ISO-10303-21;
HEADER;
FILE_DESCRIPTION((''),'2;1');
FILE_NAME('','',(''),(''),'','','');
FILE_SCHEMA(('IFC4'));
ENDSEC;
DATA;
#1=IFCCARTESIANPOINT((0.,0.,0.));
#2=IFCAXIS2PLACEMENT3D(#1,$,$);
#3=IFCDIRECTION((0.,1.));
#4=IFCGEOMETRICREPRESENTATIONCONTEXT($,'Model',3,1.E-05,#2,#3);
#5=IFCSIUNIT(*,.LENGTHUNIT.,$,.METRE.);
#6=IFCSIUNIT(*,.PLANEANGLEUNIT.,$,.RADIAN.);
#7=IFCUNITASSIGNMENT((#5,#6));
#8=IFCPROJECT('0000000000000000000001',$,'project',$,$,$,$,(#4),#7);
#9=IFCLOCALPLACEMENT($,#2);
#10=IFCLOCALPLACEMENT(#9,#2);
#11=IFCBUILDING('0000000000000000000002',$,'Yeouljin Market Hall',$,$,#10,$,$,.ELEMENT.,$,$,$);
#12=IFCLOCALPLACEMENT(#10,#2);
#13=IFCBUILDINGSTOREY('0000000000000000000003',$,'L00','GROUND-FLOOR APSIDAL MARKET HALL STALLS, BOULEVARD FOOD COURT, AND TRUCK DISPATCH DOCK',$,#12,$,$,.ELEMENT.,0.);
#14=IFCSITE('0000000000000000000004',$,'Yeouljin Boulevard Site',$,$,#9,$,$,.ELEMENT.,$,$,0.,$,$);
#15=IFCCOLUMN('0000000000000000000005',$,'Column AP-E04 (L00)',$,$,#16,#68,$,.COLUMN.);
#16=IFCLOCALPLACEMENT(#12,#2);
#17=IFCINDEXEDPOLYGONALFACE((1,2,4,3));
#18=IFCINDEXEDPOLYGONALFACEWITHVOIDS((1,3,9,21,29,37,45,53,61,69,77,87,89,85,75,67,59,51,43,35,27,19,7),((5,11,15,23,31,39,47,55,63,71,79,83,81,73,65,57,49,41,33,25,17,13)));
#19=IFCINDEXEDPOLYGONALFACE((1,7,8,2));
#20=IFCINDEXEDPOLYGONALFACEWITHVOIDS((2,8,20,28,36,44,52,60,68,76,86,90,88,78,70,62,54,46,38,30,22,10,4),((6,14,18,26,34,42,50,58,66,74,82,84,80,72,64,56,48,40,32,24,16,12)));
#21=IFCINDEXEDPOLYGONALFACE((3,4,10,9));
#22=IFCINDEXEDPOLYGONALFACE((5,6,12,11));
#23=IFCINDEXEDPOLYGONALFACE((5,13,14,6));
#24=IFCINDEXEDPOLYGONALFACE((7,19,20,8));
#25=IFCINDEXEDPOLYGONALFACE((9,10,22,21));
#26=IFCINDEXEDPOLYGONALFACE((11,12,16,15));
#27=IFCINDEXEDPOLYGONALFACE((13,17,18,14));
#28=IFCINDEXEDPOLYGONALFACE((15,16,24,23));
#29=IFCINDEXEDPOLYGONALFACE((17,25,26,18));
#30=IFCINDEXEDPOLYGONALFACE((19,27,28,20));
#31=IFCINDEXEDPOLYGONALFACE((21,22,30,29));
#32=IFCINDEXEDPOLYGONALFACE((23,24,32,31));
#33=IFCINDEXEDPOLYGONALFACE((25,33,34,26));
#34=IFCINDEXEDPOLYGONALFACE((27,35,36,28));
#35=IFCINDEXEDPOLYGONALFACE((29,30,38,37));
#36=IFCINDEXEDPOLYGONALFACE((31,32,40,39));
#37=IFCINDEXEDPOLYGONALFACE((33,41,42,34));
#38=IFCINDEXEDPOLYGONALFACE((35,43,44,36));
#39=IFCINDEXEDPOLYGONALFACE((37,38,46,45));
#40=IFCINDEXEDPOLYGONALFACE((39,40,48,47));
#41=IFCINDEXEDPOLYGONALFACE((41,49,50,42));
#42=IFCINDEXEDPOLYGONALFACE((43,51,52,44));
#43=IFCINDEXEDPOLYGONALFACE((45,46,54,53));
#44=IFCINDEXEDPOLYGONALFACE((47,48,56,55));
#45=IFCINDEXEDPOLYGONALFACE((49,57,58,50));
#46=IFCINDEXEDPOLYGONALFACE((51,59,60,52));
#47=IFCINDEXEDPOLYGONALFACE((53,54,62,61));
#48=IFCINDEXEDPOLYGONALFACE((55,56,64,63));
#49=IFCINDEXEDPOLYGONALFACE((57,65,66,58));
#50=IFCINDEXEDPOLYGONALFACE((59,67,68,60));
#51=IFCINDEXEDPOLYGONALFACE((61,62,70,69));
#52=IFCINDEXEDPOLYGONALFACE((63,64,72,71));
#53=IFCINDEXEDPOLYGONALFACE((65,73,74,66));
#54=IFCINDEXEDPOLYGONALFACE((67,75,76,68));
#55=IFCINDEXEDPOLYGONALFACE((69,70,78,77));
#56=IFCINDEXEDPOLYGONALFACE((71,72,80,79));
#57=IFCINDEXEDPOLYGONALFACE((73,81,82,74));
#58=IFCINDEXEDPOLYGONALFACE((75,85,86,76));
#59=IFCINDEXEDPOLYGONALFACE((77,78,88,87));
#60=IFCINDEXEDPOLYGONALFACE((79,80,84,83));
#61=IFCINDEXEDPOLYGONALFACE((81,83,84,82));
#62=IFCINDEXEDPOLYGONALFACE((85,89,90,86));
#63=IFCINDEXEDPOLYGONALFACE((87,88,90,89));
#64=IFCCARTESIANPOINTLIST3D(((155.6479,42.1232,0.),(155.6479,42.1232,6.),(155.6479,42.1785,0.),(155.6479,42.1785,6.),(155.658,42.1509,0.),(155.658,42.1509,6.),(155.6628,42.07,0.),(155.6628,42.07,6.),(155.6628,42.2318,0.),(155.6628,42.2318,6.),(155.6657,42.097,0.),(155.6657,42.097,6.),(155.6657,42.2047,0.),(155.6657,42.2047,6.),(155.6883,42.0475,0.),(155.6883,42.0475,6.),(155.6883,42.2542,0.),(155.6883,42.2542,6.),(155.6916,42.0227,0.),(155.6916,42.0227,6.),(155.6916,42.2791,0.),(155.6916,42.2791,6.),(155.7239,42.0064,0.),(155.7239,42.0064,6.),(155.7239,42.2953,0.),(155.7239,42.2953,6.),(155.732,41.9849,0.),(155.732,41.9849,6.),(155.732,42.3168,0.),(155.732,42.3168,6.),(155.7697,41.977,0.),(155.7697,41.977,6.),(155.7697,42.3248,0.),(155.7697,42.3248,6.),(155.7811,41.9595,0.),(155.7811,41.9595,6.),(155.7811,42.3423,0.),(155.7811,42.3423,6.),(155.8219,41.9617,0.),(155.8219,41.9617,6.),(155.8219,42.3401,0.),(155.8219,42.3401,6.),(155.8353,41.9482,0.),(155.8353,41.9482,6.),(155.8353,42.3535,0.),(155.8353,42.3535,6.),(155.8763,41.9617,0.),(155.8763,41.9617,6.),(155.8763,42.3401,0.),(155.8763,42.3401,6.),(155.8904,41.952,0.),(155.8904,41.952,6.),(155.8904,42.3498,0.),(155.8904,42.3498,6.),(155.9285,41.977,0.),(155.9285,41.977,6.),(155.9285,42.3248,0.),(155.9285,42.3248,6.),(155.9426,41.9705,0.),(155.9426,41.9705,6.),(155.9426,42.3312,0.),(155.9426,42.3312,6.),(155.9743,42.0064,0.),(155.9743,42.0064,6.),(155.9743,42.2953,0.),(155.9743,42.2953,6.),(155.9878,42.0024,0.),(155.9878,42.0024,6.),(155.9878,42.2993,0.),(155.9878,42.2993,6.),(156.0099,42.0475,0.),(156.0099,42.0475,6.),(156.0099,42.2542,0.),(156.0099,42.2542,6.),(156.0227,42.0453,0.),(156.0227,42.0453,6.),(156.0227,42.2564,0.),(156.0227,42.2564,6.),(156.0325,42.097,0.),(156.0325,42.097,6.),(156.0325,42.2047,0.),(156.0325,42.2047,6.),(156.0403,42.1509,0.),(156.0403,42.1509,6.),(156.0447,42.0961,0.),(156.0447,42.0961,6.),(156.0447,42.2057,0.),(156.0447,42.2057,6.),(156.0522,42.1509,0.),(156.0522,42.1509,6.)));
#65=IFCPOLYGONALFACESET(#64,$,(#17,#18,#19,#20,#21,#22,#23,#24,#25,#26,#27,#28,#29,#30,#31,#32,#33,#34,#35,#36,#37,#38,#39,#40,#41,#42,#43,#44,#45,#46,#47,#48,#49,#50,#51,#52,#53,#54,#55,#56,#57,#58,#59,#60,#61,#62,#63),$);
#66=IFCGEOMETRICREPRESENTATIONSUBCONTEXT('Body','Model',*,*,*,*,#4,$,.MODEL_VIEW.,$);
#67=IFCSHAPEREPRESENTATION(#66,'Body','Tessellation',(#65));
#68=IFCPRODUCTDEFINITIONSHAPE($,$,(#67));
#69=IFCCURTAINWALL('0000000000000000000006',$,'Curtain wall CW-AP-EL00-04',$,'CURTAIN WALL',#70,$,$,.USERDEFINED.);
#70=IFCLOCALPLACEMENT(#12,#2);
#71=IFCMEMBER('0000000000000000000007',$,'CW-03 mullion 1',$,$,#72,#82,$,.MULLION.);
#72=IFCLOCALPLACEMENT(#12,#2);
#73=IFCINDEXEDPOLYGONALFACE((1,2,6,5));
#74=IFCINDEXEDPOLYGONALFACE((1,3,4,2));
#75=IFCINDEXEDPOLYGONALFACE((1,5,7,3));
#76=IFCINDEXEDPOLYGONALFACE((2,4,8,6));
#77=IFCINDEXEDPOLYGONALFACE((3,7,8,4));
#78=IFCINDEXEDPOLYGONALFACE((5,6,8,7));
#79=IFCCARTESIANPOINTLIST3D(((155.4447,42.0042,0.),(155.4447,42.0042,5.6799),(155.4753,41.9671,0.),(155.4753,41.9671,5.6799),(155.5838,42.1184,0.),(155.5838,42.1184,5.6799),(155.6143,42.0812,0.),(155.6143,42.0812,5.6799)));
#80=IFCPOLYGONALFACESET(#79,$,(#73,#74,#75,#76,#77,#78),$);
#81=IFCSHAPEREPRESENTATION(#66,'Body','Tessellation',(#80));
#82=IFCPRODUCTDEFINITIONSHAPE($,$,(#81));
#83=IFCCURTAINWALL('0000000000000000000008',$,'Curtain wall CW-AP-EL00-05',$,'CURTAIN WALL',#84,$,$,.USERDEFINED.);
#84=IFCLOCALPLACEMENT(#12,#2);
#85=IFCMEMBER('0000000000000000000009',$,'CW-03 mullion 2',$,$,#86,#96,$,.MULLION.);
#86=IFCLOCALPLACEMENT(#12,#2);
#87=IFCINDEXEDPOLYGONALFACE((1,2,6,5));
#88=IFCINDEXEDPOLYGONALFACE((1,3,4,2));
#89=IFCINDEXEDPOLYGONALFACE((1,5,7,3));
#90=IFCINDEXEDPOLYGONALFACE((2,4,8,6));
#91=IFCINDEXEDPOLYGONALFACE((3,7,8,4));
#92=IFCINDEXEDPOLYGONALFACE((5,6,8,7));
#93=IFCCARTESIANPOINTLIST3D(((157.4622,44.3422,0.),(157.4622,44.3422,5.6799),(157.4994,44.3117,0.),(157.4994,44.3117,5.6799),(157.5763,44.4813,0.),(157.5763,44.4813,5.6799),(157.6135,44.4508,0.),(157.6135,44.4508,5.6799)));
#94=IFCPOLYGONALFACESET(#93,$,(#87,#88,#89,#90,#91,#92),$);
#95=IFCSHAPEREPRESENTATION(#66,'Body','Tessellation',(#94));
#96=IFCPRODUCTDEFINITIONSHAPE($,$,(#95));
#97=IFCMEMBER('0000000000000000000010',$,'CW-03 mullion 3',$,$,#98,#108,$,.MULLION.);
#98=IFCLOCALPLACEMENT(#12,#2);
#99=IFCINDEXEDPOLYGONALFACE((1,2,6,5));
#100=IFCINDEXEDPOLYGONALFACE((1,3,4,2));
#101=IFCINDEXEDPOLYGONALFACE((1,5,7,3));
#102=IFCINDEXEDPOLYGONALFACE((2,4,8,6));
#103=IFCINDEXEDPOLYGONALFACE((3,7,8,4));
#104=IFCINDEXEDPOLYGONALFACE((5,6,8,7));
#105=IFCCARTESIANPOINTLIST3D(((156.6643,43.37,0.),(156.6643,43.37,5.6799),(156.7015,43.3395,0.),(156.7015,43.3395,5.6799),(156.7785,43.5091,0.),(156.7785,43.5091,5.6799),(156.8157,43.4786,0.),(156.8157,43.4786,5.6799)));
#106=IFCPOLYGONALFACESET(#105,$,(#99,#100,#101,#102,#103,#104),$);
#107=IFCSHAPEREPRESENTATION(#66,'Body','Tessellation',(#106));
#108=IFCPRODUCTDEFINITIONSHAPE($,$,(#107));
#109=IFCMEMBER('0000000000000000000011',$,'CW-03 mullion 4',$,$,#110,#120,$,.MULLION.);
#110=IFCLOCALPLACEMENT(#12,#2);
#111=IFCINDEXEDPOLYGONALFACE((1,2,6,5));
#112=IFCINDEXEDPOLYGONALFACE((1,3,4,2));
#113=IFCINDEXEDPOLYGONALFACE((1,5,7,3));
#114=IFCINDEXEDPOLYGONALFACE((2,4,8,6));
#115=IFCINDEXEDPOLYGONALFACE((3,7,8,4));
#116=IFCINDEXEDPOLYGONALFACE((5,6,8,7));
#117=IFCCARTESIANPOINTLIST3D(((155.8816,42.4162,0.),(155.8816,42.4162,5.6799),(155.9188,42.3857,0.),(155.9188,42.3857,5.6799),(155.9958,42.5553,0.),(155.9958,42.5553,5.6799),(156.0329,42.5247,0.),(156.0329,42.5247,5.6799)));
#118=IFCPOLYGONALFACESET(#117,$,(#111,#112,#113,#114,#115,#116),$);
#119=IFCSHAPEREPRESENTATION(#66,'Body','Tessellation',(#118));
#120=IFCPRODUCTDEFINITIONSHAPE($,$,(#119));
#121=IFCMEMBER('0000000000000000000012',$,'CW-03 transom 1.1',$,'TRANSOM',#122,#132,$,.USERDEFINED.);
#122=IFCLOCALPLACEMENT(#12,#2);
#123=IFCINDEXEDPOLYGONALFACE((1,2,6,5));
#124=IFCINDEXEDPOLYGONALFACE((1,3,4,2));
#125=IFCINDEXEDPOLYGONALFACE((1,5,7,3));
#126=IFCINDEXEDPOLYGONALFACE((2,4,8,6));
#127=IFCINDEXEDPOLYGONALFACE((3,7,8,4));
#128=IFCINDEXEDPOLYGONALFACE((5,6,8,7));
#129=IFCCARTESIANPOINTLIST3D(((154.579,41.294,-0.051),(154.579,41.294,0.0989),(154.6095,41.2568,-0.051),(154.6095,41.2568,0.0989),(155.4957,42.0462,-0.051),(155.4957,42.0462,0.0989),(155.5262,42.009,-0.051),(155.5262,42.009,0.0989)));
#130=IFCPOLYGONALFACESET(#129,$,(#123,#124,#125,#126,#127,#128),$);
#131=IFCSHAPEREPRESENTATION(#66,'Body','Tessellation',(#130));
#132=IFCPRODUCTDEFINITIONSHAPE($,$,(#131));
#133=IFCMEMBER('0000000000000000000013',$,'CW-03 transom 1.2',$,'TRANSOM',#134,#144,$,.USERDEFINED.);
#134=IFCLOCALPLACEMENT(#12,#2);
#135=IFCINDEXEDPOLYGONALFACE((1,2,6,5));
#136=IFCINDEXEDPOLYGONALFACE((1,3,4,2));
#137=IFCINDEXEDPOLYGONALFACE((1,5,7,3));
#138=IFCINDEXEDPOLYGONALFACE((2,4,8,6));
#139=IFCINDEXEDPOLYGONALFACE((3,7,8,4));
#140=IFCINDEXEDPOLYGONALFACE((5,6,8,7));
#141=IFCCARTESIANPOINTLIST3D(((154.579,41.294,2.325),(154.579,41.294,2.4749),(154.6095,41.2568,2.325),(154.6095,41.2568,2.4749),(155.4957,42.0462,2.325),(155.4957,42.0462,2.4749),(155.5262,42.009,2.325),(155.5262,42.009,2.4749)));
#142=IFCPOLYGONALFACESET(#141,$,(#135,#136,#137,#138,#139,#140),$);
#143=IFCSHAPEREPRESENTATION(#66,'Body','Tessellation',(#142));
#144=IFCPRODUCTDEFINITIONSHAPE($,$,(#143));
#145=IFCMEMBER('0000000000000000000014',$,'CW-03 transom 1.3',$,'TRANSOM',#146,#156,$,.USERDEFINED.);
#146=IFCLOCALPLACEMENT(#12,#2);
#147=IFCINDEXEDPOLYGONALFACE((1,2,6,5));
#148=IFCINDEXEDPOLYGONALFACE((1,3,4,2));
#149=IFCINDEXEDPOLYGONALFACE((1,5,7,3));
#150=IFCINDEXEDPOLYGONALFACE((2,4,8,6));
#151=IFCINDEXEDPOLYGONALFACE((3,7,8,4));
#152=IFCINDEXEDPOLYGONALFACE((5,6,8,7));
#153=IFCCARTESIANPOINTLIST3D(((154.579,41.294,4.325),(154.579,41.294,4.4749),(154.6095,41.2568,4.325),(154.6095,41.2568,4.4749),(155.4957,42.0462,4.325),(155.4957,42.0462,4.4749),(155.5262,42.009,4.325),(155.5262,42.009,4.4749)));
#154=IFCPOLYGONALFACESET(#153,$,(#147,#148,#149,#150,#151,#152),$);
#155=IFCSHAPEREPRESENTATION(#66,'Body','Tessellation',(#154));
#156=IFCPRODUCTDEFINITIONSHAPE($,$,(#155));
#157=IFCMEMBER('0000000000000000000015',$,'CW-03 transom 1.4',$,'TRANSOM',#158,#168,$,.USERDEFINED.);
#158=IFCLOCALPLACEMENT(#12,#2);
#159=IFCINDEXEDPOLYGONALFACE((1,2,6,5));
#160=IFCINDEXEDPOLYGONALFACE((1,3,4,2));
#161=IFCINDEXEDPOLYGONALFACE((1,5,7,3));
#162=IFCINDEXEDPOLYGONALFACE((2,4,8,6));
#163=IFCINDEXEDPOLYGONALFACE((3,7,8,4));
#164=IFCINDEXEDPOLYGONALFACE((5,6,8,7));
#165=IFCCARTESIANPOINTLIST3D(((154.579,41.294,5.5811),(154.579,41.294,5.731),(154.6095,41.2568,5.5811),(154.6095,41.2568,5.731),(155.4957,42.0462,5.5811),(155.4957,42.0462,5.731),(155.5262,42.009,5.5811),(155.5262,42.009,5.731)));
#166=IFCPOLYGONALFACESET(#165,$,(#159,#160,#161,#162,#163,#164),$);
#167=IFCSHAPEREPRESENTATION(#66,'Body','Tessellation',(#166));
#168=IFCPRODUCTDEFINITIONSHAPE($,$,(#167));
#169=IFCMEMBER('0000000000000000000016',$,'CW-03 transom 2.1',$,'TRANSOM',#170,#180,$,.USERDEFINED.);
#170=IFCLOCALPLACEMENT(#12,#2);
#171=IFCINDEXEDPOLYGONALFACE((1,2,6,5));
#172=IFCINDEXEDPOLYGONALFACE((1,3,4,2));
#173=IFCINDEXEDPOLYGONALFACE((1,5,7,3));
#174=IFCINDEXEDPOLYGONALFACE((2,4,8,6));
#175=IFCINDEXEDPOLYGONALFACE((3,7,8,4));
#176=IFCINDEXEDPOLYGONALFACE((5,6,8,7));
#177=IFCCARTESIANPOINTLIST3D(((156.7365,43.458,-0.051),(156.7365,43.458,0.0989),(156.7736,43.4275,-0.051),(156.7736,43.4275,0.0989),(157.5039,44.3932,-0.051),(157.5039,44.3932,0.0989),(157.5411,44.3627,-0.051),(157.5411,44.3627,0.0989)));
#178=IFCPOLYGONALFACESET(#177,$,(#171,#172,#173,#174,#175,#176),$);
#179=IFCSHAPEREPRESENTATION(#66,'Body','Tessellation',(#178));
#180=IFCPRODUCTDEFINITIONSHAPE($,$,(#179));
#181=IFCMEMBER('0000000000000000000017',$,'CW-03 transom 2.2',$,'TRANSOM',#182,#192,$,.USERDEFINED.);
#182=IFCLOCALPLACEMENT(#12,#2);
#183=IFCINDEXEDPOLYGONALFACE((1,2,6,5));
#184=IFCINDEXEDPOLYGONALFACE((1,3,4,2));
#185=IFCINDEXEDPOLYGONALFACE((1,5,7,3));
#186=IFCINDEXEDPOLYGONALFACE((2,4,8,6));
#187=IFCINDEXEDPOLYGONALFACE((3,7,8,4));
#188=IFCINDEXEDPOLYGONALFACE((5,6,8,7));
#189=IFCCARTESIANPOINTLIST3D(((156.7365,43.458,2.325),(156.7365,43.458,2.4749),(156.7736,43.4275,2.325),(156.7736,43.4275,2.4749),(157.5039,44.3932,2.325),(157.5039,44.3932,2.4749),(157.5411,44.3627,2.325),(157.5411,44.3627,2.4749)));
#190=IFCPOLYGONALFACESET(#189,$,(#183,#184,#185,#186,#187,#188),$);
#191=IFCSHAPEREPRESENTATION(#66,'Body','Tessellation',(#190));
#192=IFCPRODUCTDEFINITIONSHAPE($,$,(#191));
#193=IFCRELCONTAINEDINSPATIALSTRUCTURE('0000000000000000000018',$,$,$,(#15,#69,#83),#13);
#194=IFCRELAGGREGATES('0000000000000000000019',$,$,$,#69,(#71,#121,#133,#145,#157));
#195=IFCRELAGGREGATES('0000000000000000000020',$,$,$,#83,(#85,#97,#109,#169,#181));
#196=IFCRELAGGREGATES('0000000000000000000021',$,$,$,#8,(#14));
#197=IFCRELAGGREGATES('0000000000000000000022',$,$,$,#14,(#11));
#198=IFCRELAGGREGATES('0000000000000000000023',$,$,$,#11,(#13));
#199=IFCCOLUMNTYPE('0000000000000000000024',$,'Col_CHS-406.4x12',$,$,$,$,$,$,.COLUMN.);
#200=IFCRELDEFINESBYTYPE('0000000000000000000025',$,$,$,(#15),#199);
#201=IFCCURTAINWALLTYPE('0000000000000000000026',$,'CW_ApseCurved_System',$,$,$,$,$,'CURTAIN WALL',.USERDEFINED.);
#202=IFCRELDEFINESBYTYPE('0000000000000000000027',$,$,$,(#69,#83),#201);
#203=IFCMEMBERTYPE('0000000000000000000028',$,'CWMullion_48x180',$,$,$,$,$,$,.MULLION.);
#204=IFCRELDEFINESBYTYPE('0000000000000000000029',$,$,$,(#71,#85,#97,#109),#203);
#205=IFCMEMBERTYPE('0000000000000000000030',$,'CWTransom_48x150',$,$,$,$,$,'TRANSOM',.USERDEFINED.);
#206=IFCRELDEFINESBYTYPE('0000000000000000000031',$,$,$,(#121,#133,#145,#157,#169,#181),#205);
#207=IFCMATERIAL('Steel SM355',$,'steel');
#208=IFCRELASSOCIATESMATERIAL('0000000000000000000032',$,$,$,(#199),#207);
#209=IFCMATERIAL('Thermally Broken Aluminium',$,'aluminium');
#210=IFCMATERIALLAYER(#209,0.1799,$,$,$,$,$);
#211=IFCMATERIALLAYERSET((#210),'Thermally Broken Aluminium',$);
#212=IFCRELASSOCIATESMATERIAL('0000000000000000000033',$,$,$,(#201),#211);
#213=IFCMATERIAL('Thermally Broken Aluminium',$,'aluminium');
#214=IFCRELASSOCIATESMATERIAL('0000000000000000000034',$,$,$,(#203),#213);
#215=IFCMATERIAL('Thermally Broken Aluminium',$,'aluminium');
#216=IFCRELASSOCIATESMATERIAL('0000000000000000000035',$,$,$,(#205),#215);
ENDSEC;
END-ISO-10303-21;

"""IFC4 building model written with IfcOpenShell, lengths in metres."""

from ifc_helpers import new_model, si_unit, direction, frame, origin, origin_2d, place, context, subcontext, project, spatial, rectangle, hollow_circle, extrude, material, layer, layer_set, material_profile, profile_set, type_object, element, aggregate, save


model = new_model("IFC4")

# Units and contexts
model_context = context("Model", 3, precision=1e-05, world=origin(), true_north=direction((0.0, 1.0)))
body_context = subcontext(model_context, "Body", "Model", "MODEL_VIEW")
ifc_project = project(units=[si_unit("LENGTHUNIT", "METRE"), si_unit("PLANEANGLEUNIT", "RADIAN")], contexts=[model_context])

# Site, building, storey
site_placement = place(None, origin())
site = spatial("IfcSite", under=ifc_project, at=site_placement, Name="Yeouljin Boulevard Site", CompositionType="ELEMENT", RefElevation=0.0)
building_placement = place(site_placement, origin())
building = spatial("IfcBuilding", under=site, at=building_placement, Name="Yeouljin Market Hall", CompositionType="ELEMENT")
storey_placement = place(building_placement, origin())
storey = spatial("IfcBuildingStorey", under=building, at=storey_placement, Name="L00", Description="GROUND-FLOOR APSIDAL MARKET HALL STALLS, BOULEVARD FOOD COURT, AND TRUCK DISPATCH DOCK", CompositionType="ELEMENT", Elevation=0.0)

# Column
ifc_material_1 = material(Name="Steel SM355", Category="steel")
ifc_material_profile_1 = material_profile(ifc_material_1, hollow_circle(Radius=0.2031, WallThickness=0.012, at=origin_2d()), Name="CHS-406.4x12")
ifc_profile_set_1 = profile_set([ifc_material_profile_1], Name="Steel SM355")
column_type = type_object("IfcColumnType", Name="Col_CHS-406.4x12", PredefinedType="COLUMN", material=ifc_profile_set_1)
column_placement = place(storey_placement, frame((155.8491, 42.1509, 0.0), z_axis=(0.0, 0.0, 1.0), x_axis=(1.0, 0.0, 0.0)))
element("IfcColumn", 1, at=column_placement, inside=storey, type_object=column_type, Name="Column AP-E04 (L00)", PredefinedType="COLUMN", context=body_context, shape_type="SweptSolid", body=[
    extrude(hollow_circle(Radius=0.2031, WallThickness=0.012, at=origin_2d()), origin(), (0.0, 0.0, 1.0), 6.0),
])

# Curtain wall, member
ifc_material_2 = material(Name="Thermally Broken Aluminium", Category="aluminium")
ifc_layer_1 = layer(ifc_material_2, 0.1799)
ifc_layer_set_1 = layer_set([ifc_layer_1], Name="Thermally Broken Aluminium")
curtain_wall_type = type_object("IfcCurtainWallType", Name="CW_ApseCurved_System", ElementType="CURTAIN WALL", PredefinedType="USERDEFINED", material=ifc_layer_set_1)
curtain_wall_1_placement = place(storey_placement, origin())
curtain_wall_1 = element("IfcCurtainWall", 2, at=curtain_wall_1_placement, inside=storey, type_object=curtain_wall_type, Name="Curtain wall CW-AP-EL00-04", ObjectType="CURTAIN WALL", PredefinedType="USERDEFINED")
ifc_material_3 = material(Name="Thermally Broken Aluminium", Category="aluminium")
ifc_material_profile_2 = material_profile(ifc_material_3, rectangle(XDim=0.0481, YDim=0.1799, at=origin_2d()), Name="CW-MULL-48x180")
ifc_profile_set_2 = profile_set([ifc_material_profile_2], Name="Thermally Broken Aluminium")
member_type_1 = type_object("IfcMemberType", Name="CWMullion_48x180", PredefinedType="MULLION", material=ifc_profile_set_2)
member_1_placement = place(storey_placement, frame((155.5295, 42.0427, 0.0), z_axis=(0.0, 0.0, 1.0), x_axis=(0.634384, -0.773018, 0.0)))
member_1 = element("IfcMember", 3, at=member_1_placement, type_object=member_type_1, Name="CW-03 mullion 1", PredefinedType="MULLION", context=body_context, shape_type="SweptSolid", body=[
    extrude(rectangle(XDim=0.0481, YDim=0.1799, at=origin_2d()), origin(), (0.0, 0.0, 1.0), 5.6799),
])

# Curtain wall, members
curtain_wall_2_placement = place(storey_placement, origin())
curtain_wall_2 = element("IfcCurtainWall", 4, at=curtain_wall_2_placement, inside=storey, type_object=curtain_wall_type, Name="Curtain wall CW-AP-EL00-05", ObjectType="CURTAIN WALL", PredefinedType="USERDEFINED")
member_2_placement = place(storey_placement, frame((157.5378, 44.3965, 0.0), z_axis=(0.0, 0.0, 1.0), x_axis=(0.773018, -0.634384, 0.0)))
member_2 = element("IfcMember", 5, at=member_2_placement, type_object=member_type_1, Name="CW-03 mullion 2", PredefinedType="MULLION", context=body_context, shape_type="SweptSolid", body=[
    extrude(rectangle(XDim=0.0481, YDim=0.1799, at=origin_2d()), origin(), (0.0, 0.0, 1.0), 5.6799),
])
member_3_placement = place(storey_placement, frame((156.74, 43.4243, 0.0), z_axis=(0.0, 0.0, 1.0), x_axis=(0.773018, -0.634384, 0.0)))
member_3 = element("IfcMember", 6, at=member_3_placement, type_object=member_type_1, Name="CW-03 mullion 3", PredefinedType="MULLION", context=body_context, shape_type="SweptSolid", body=[
    extrude(rectangle(XDim=0.0481, YDim=0.1799, at=origin_2d()), origin(), (0.0, 0.0, 1.0), 5.6799),
])
member_4_placement = place(storey_placement, frame((155.9573, 42.4705, 0.0), z_axis=(0.0, 0.0, 1.0), x_axis=(0.773018, -0.634384, 0.0)))
member_4 = element("IfcMember", 7, at=member_4_placement, type_object=member_type_1, Name="CW-03 mullion 4", PredefinedType="MULLION", context=body_context, shape_type="SweptSolid", body=[
    extrude(rectangle(XDim=0.0481, YDim=0.1799, at=origin_2d()), origin(), (0.0, 0.0, 1.0), 5.6799),
])

# Members
ifc_material_4 = material(Name="Thermally Broken Aluminium", Category="aluminium")
ifc_material_profile_3 = material_profile(ifc_material_4, rectangle(XDim=0.0481, YDim=0.1499, at=origin_2d()), Name="CW-TRAN-48x150")
ifc_profile_set_3 = profile_set([ifc_material_profile_3], Name="Thermally Broken Aluminium")
member_type_2 = type_object("IfcMemberType", Name="CWTransom_48x150", ElementType="TRANSOM", PredefinedType="USERDEFINED", material=ifc_profile_set_3)
member_5_placement = place(storey_placement, frame((155.511, 42.0276, 0.0239), z_axis=(-0.773076, -0.634313, 0.0), x_axis=(0.634313, -0.773076, 0.0)))
member_5 = element("IfcMember", 8, at=member_5_placement, type_object=member_type_2, Name="CW-03 transom 1.1", ObjectType="TRANSOM", PredefinedType="USERDEFINED", context=body_context, shape_type="SweptSolid", body=[
    extrude(rectangle(XDim=0.0481, YDim=0.1499, at=origin_2d()), origin(), (0.0, 0.0, 1.0), 1.1858),
])
member_6_placement = place(storey_placement, frame((155.511, 42.0276, 2.3999), z_axis=(-0.773076, -0.634313, 0.0), x_axis=(0.634313, -0.773076, 0.0)))
member_6 = element("IfcMember", 9, at=member_6_placement, type_object=member_type_2, Name="CW-03 transom 1.2", ObjectType="TRANSOM", PredefinedType="USERDEFINED", context=body_context, shape_type="SweptSolid", body=[
    extrude(rectangle(XDim=0.0481, YDim=0.1499, at=origin_2d()), origin(), (0.0, 0.0, 1.0), 1.1858),
])
member_7_placement = place(storey_placement, frame((155.511, 42.0276, 4.3999), z_axis=(-0.773076, -0.634313, 0.0), x_axis=(0.634313, -0.773076, 0.0)))
member_7 = element("IfcMember", 10, at=member_7_placement, type_object=member_type_2, Name="CW-03 transom 1.3", ObjectType="TRANSOM", PredefinedType="USERDEFINED", context=body_context, shape_type="SweptSolid", body=[
    extrude(rectangle(XDim=0.0481, YDim=0.1499, at=origin_2d()), origin(), (0.0, 0.0, 1.0), 1.1858),
])
member_8_placement = place(storey_placement, frame((155.511, 42.0276, 5.656), z_axis=(-0.773076, -0.634313, 0.0), x_axis=(0.634313, -0.773076, 0.0)))
member_8 = element("IfcMember", 11, at=member_8_placement, type_object=member_type_2, Name="CW-03 transom 1.4", ObjectType="TRANSOM", PredefinedType="USERDEFINED", context=body_context, shape_type="SweptSolid", body=[
    extrude(rectangle(XDim=0.0481, YDim=0.1499, at=origin_2d()), origin(), (0.0, 0.0, 1.0), 1.1858),
])
aggregate(curtain_wall_1, [member_1, member_5, member_6, member_7, member_8])
member_9_placement = place(storey_placement, frame((157.5225, 44.3779, 0.0239), z_axis=(-0.634369, -0.77303, 0.0), x_axis=(0.77303, -0.634369, 0.0)))
member_9 = element("IfcMember", 12, at=member_9_placement, type_object=member_type_2, Name="CW-03 transom 2.1", ObjectType="TRANSOM", PredefinedType="USERDEFINED", context=body_context, shape_type="SweptSolid", body=[
    extrude(rectangle(XDim=0.0481, YDim=0.1499, at=origin_2d()), origin(), (0.0, 0.0, 1.0), 1.2097),
])
member_10_placement = place(storey_placement, frame((157.5225, 44.3779, 2.3999), z_axis=(-0.634369, -0.77303, 0.0), x_axis=(0.77303, -0.634369, 0.0)))
member_10 = element("IfcMember", 13, at=member_10_placement, type_object=member_type_2, Name="CW-03 transom 2.2", ObjectType="TRANSOM", PredefinedType="USERDEFINED", context=body_context, shape_type="SweptSolid", body=[
    extrude(rectangle(XDim=0.0481, YDim=0.1499, at=origin_2d()), origin(), (0.0, 0.0, 1.0), 1.2097),
])

aggregate(curtain_wall_2, [member_2, member_3, member_4, member_9, member_10])

save(model, "model.ifc")
